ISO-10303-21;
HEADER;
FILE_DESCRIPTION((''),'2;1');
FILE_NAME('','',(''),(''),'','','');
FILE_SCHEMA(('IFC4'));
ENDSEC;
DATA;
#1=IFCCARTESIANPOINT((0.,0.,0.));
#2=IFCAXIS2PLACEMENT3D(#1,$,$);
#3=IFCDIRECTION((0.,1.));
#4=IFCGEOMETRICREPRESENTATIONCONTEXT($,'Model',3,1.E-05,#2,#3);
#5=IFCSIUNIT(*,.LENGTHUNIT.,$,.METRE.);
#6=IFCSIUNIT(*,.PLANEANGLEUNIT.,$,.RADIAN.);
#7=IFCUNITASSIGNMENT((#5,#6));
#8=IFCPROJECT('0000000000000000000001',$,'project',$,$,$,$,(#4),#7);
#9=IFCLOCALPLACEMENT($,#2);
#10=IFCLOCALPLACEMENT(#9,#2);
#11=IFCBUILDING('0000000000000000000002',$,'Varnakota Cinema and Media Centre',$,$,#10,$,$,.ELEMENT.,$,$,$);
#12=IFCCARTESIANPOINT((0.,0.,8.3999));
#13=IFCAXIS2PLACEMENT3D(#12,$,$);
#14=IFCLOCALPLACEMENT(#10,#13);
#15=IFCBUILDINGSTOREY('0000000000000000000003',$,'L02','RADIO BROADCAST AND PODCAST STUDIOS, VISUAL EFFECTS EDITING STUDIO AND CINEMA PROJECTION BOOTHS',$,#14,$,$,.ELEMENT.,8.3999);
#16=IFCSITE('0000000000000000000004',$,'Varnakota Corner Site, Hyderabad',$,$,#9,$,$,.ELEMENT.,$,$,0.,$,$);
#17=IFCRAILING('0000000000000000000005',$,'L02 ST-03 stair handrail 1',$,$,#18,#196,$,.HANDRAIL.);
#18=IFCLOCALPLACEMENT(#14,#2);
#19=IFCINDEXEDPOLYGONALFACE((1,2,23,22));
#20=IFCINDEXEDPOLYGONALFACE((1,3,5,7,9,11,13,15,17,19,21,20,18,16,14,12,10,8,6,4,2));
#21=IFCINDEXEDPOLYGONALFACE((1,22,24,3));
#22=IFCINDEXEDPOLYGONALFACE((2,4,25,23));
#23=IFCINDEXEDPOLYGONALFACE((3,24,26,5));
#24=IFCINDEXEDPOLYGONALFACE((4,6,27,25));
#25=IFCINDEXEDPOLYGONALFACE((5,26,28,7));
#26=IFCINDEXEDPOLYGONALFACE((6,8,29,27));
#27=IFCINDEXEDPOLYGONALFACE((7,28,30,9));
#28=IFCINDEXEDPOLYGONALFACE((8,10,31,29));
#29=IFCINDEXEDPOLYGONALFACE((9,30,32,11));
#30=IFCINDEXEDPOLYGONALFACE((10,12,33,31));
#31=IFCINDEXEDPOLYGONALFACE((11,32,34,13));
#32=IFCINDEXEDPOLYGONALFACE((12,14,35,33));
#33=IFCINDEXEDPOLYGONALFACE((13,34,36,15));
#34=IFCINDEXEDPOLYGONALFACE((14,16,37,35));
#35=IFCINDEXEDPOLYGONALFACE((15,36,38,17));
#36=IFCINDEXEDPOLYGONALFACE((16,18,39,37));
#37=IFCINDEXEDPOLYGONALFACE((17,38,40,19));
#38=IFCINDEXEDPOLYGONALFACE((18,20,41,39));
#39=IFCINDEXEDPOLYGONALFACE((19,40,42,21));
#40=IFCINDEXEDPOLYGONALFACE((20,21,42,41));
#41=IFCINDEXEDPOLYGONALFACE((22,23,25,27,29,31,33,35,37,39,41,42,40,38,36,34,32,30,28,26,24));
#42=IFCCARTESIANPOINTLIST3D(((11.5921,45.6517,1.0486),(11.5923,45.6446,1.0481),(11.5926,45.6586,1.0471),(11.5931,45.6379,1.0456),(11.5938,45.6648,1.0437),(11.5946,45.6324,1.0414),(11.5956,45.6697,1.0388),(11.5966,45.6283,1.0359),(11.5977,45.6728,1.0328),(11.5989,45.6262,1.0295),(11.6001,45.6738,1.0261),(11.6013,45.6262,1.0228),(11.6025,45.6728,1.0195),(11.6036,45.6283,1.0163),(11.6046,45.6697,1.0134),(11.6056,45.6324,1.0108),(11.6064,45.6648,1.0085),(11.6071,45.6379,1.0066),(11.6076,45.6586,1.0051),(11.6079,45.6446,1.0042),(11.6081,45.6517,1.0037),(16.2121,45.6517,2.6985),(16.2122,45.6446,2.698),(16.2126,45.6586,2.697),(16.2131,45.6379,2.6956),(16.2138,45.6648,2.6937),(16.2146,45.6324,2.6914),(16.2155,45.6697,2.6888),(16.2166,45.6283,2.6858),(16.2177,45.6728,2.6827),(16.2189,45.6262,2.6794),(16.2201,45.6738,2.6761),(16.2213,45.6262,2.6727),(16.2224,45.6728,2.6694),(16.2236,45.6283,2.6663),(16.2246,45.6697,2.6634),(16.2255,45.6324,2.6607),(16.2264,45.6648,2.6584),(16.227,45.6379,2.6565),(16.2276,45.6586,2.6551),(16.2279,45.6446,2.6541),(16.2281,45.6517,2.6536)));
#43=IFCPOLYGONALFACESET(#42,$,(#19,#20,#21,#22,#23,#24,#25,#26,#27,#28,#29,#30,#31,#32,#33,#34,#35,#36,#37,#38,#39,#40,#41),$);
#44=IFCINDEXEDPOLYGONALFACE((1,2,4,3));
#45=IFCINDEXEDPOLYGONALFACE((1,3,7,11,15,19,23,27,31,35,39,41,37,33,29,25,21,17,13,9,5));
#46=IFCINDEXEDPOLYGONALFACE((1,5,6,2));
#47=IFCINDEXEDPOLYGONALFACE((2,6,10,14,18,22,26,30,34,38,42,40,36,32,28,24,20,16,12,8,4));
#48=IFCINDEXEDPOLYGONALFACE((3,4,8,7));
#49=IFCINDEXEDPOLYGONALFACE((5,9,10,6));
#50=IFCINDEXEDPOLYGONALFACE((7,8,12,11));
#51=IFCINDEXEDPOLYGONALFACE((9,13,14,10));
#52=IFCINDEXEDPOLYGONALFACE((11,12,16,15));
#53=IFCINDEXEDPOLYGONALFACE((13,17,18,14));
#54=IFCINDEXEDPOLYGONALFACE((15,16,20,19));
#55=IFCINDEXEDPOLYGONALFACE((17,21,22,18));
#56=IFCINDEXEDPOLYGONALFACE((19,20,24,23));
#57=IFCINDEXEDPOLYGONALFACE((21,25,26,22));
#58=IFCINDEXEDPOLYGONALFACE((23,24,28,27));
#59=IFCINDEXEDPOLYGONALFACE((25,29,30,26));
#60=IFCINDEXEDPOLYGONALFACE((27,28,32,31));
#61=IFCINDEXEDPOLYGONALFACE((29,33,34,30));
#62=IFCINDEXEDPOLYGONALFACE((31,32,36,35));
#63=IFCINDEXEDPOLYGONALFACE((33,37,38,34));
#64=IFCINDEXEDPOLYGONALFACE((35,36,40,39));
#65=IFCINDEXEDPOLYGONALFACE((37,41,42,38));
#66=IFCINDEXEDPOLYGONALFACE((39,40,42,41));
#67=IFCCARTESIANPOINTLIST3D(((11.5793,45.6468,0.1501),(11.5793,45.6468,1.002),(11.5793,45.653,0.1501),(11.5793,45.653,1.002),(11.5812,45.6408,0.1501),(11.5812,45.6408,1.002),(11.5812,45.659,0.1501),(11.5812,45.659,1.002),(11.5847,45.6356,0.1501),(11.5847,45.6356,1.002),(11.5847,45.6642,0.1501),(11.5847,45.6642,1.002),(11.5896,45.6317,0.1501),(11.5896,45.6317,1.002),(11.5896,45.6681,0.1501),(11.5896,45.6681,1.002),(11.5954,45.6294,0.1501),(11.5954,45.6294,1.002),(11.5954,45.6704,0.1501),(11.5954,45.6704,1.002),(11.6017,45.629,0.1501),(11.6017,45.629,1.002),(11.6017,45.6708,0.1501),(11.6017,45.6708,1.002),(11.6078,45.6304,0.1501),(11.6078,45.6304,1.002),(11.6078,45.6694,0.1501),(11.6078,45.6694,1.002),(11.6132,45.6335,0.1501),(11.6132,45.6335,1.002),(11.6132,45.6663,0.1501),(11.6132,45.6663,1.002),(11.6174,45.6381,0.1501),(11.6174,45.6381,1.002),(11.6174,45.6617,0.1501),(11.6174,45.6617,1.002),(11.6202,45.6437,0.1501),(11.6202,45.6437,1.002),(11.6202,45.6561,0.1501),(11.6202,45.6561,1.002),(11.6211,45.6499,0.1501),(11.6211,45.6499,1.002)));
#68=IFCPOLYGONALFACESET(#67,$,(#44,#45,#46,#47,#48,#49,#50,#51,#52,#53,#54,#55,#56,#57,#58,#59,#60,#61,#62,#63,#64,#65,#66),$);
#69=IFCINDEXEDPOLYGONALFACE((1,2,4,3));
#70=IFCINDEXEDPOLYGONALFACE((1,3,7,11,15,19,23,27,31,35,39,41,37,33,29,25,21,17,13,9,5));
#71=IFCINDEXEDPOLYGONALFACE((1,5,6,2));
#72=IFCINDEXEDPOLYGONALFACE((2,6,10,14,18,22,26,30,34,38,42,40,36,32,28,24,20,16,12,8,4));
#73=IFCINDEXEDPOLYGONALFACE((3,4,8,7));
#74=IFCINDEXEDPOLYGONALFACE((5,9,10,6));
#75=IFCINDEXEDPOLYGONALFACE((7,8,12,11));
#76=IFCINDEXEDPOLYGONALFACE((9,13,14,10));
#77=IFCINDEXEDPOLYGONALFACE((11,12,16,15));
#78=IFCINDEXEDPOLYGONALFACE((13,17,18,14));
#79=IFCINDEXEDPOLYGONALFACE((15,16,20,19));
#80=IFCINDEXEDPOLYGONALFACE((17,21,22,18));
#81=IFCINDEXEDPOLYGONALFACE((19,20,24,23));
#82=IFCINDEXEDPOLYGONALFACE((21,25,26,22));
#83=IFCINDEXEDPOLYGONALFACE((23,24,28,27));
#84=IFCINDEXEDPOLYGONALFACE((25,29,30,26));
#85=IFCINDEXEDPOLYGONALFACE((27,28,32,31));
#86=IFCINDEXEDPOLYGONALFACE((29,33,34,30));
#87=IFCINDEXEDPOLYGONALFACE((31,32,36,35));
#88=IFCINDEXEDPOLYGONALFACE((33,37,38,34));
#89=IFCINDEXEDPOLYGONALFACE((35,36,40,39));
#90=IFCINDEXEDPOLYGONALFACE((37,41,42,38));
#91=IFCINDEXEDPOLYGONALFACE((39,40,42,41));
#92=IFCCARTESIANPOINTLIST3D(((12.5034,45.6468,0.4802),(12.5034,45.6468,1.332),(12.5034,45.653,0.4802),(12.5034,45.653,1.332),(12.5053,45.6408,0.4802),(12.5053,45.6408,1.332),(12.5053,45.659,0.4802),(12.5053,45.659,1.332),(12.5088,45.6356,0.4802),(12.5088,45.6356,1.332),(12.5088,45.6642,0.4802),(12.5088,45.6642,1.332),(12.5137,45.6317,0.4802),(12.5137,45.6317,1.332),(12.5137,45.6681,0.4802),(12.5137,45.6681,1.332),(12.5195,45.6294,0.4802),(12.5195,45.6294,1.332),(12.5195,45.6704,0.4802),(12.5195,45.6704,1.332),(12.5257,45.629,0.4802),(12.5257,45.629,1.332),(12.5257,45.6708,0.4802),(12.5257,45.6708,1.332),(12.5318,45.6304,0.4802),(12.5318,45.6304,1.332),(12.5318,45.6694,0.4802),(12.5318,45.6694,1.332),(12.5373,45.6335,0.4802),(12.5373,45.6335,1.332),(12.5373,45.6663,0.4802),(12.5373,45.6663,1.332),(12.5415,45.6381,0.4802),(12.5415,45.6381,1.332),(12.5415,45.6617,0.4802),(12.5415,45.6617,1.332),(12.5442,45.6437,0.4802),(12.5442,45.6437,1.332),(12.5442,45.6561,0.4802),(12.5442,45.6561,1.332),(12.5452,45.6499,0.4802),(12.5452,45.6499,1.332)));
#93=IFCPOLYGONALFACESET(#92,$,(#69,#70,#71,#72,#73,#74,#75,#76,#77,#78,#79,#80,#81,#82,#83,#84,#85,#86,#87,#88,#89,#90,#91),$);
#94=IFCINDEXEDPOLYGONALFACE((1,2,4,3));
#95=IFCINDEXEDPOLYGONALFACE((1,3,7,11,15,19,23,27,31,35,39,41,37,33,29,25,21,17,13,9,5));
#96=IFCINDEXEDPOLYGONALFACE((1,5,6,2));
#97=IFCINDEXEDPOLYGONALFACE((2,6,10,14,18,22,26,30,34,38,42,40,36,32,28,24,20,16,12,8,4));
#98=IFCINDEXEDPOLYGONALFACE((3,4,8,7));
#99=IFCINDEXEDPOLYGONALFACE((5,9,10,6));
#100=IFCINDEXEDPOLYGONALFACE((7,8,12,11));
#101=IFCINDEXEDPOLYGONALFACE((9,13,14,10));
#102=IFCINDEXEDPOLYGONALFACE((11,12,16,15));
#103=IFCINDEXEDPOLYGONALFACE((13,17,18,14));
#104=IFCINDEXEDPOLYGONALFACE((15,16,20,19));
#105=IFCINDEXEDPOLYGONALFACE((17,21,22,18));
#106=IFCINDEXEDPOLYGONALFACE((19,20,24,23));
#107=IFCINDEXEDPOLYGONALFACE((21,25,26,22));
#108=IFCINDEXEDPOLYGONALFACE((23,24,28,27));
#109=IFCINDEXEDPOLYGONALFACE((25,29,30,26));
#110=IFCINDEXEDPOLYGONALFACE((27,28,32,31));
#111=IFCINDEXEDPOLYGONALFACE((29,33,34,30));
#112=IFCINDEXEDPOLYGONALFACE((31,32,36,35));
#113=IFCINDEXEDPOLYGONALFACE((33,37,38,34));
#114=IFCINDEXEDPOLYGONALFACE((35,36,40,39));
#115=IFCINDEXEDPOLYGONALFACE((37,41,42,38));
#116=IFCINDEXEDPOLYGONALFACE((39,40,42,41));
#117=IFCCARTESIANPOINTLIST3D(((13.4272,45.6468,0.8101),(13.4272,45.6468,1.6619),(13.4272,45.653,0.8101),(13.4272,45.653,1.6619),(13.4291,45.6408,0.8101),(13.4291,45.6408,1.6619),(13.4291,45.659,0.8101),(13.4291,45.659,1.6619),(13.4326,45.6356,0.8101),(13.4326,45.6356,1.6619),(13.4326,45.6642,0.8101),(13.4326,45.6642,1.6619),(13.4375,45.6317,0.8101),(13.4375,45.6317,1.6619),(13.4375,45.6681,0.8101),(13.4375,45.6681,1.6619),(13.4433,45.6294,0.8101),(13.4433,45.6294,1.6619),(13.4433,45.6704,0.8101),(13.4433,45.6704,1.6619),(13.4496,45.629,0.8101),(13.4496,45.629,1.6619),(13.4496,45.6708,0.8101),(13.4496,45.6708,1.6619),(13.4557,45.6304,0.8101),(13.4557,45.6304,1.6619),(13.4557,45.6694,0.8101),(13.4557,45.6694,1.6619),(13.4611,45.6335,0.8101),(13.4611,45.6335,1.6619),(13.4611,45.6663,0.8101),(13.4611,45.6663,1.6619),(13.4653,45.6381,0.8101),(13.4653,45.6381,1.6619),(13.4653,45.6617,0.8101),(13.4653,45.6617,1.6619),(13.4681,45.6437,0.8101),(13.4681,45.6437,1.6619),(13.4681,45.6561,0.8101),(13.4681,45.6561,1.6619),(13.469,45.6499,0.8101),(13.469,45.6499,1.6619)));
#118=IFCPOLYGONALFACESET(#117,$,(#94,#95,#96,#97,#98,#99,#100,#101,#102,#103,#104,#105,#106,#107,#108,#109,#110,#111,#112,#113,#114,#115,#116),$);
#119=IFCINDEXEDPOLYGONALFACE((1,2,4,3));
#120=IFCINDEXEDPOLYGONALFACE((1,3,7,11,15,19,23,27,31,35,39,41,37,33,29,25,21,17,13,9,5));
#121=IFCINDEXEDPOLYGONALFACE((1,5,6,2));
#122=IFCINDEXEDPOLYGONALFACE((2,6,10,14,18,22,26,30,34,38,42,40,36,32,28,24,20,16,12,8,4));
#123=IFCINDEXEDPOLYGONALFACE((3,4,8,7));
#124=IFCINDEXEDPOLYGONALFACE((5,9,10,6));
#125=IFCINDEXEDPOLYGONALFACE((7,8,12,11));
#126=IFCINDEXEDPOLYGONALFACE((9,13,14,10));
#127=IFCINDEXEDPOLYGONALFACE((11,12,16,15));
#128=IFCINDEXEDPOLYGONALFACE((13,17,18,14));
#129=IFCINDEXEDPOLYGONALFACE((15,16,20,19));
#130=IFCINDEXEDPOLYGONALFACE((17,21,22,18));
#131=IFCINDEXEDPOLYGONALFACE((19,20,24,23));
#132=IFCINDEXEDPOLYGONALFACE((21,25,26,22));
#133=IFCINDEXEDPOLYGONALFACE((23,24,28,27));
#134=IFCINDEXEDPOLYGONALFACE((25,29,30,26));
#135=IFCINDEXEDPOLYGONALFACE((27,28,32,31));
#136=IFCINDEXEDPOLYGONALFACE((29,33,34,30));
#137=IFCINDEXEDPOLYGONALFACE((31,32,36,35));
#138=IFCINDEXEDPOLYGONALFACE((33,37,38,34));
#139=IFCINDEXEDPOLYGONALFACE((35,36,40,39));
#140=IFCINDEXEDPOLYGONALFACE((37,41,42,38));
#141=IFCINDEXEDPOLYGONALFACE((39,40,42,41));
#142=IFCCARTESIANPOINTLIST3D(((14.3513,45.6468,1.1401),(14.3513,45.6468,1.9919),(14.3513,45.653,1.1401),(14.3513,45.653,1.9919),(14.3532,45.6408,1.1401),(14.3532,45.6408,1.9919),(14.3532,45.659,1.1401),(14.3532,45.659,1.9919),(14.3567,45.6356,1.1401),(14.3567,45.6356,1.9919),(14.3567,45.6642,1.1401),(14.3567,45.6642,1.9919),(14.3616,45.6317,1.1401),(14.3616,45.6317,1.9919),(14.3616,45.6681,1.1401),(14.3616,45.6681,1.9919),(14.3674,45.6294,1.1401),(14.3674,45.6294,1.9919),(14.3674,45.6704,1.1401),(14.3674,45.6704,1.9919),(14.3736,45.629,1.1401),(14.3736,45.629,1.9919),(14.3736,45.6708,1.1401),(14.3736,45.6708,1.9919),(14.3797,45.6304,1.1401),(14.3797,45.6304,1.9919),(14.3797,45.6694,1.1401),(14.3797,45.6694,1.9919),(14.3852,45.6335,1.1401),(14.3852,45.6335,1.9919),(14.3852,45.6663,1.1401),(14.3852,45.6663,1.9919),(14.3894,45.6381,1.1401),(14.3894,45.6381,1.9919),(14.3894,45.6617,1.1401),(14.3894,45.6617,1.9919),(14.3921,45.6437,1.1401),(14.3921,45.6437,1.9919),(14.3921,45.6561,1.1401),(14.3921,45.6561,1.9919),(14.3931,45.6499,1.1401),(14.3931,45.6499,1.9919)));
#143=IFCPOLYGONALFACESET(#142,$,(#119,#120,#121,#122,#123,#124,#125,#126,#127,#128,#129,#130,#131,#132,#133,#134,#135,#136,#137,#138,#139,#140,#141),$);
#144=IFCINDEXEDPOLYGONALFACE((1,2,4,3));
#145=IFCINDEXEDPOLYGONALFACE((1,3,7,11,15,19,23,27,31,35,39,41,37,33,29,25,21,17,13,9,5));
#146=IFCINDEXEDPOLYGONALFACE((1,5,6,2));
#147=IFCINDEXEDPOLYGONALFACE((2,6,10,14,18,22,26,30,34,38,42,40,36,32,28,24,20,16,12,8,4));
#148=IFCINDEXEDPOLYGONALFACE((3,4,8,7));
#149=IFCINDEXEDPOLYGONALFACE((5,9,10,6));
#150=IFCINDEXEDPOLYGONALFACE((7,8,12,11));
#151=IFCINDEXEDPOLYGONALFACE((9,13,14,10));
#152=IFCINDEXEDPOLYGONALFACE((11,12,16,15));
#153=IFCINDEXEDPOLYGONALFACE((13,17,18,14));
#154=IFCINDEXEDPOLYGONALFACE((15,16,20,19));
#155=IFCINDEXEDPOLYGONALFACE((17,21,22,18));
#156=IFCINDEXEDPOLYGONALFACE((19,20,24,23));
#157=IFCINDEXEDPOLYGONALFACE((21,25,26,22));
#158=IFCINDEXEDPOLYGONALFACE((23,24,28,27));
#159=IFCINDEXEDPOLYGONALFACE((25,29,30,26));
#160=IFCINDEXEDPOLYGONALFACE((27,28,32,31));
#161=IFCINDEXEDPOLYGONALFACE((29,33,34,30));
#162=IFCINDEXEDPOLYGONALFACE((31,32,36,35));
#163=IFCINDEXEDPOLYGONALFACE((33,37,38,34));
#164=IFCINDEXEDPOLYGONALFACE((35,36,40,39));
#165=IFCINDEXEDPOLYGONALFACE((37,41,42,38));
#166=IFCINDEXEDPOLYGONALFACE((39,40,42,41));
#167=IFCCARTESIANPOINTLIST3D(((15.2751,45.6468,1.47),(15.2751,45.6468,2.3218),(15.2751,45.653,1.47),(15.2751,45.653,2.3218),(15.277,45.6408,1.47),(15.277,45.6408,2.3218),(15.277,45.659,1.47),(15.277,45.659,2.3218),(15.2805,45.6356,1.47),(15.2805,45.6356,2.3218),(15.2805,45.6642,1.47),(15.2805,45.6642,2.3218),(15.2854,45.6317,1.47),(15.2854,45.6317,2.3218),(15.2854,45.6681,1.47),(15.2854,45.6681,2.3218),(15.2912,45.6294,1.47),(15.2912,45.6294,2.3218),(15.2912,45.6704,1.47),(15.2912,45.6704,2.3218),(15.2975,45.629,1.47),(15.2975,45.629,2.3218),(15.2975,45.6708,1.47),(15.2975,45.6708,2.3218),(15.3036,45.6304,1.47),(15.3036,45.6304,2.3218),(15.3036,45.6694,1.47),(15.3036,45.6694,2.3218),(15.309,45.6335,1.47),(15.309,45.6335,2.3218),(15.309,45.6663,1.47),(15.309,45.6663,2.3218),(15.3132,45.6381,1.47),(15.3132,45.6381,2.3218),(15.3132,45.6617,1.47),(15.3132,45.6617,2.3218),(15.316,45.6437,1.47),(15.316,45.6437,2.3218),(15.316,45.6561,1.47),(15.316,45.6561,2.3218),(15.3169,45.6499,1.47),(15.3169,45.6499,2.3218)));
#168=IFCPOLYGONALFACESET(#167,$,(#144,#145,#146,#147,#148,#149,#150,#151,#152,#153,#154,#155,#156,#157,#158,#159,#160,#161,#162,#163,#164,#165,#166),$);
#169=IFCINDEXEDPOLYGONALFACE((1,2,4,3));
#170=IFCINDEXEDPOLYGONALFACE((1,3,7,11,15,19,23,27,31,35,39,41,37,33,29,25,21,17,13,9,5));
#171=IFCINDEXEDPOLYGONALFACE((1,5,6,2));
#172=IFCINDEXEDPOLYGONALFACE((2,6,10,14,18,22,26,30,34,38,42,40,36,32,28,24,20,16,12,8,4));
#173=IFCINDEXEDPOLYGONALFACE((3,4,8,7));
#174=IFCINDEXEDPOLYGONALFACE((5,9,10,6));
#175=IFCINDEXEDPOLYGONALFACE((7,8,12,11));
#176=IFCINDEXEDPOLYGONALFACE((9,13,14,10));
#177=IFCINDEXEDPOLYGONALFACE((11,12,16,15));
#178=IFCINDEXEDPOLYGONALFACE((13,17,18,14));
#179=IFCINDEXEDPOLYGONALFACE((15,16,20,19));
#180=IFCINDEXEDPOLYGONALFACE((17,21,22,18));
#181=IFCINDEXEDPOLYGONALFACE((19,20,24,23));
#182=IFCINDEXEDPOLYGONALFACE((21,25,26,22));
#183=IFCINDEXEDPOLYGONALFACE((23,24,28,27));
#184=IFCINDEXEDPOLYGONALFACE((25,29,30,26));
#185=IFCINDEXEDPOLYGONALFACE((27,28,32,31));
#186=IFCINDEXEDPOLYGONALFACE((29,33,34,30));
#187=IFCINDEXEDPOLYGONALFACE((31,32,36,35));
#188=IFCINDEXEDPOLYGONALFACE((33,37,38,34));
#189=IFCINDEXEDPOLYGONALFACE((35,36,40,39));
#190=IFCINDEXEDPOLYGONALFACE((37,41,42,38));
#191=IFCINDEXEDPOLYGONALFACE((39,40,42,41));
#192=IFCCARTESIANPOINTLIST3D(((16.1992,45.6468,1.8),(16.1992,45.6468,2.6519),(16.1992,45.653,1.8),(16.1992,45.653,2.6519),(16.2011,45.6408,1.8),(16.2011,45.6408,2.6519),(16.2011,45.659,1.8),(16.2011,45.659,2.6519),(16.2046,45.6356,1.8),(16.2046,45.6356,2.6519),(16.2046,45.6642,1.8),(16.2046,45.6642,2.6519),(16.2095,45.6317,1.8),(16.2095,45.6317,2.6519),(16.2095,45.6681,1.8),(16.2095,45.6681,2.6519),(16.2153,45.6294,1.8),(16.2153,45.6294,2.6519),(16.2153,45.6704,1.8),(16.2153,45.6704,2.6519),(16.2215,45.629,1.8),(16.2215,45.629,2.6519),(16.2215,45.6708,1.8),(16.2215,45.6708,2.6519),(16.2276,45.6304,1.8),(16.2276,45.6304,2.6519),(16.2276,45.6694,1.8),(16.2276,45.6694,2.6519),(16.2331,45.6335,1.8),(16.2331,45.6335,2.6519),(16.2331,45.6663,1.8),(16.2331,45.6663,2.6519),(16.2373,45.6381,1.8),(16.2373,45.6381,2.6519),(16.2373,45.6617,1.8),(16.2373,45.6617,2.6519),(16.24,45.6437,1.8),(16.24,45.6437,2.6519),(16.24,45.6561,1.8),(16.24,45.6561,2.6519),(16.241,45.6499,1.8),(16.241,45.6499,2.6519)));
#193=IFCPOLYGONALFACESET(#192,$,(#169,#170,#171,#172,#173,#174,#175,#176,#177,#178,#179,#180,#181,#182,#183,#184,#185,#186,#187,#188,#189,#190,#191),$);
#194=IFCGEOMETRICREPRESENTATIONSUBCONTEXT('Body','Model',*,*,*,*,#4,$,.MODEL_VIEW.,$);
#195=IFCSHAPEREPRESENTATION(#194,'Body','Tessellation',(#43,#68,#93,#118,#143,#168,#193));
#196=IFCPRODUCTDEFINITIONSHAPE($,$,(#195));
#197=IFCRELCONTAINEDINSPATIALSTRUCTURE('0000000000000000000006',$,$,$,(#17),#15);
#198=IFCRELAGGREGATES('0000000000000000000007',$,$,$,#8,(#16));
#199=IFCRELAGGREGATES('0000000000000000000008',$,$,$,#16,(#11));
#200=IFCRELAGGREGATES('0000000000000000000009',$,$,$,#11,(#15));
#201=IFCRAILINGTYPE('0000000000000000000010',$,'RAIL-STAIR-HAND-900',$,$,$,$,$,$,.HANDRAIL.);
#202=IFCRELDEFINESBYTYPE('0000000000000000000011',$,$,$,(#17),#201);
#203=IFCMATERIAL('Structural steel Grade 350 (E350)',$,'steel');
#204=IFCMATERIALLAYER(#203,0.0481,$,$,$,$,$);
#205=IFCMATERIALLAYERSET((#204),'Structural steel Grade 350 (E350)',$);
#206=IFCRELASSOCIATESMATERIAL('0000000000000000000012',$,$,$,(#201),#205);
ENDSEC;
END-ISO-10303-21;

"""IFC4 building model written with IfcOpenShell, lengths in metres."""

from ifc_helpers import new_model, si_unit, direction, frame, origin, origin_2d, place, context, subcontext, project, spatial, circle, extrude, material, layer, layer_set, type_object, element, save


model = new_model("IFC4")

# Units and contexts
model_context = context("Model", 3, precision=1e-05, world=origin(), true_north=direction((0.0, 1.0)))
body_context = subcontext(model_context, "Body", "Model", "MODEL_VIEW")
ifc_project = project(units=[si_unit("LENGTHUNIT", "METRE"), si_unit("PLANEANGLEUNIT", "RADIAN")], contexts=[model_context])

# Site, building, storey
site_placement = place(None, origin())
site = spatial("IfcSite", under=ifc_project, at=site_placement, Name="Varnakota Corner Site, Hyderabad", CompositionType="ELEMENT", RefElevation=0.0)
building_placement = place(site_placement, origin())
building = spatial("IfcBuilding", under=site, at=building_placement, Name="Varnakota Cinema and Media Centre", CompositionType="ELEMENT")
storey_placement = place(building_placement, frame((0.0, 0.0, 8.3999)))
storey = spatial("IfcBuildingStorey", under=building, at=storey_placement, Name="L02", Description="RADIO BROADCAST AND PODCAST STUDIOS, VISUAL EFFECTS EDITING STUDIO AND CINEMA PROJECTION BOOTHS", CompositionType="ELEMENT", Elevation=8.3999)

# Railing
ifc_material_1 = material(Name="Structural steel Grade 350 (E350)", Category="steel")
ifc_layer_1 = layer(ifc_material_1, 0.0481)
ifc_layer_set_1 = layer_set([ifc_layer_1], Name="Structural steel Grade 350 (E350)")
railing_type_1 = type_object("IfcRailingType", Name="RAIL-STAIR-HAND-900", PredefinedType="HANDRAIL", material=ifc_layer_set_1)
railing_1_placement = place(storey_placement, frame((11.6001, 45.6499, 0.1501)))
element("IfcRailing", 1, at=railing_1_placement, inside=storey, type_object=railing_type_1, Name="L02 ST-03 stair handrail 1", PredefinedType="HANDRAIL", context=body_context, shape_type="SweptSolid", body=[
    extrude(circle(Radius=0.0239, at=origin_2d()), frame((0.0, 0.0, 0.876), z_axis=(0.941745, 0.0, 0.336327), x_axis=(0.0, 1.0, 0.0)), (0.0, 0.0, 1.0), 4.9058),
    extrude(circle(Radius=0.021, at=origin_2d()), origin(), (0.0, 0.0, 1.0), 0.8518),
    extrude(circle(Radius=0.021, at=origin_2d()), frame((0.9241, 0.0, 0.3301)), (0.0, 0.0, 1.0), 0.8518),
    extrude(circle(Radius=0.021, at=origin_2d()), frame((1.8479, 0.0, 0.6599)), (0.0, 0.0, 1.0), 0.8518),
    extrude(circle(Radius=0.021, at=origin_2d()), frame((2.772, 0.0, 0.99)), (0.0, 0.0, 1.0), 0.8518),
    extrude(circle(Radius=0.021, at=origin_2d()), frame((3.6958, 0.0, 1.3198)), (0.0, 0.0, 1.0), 0.8518),
    extrude(circle(Radius=0.021, at=origin_2d()), frame((4.6199, 0.0, 1.6499)), (0.0, 0.0, 1.0), 0.8518),
])

save(model, "model.ifc")
